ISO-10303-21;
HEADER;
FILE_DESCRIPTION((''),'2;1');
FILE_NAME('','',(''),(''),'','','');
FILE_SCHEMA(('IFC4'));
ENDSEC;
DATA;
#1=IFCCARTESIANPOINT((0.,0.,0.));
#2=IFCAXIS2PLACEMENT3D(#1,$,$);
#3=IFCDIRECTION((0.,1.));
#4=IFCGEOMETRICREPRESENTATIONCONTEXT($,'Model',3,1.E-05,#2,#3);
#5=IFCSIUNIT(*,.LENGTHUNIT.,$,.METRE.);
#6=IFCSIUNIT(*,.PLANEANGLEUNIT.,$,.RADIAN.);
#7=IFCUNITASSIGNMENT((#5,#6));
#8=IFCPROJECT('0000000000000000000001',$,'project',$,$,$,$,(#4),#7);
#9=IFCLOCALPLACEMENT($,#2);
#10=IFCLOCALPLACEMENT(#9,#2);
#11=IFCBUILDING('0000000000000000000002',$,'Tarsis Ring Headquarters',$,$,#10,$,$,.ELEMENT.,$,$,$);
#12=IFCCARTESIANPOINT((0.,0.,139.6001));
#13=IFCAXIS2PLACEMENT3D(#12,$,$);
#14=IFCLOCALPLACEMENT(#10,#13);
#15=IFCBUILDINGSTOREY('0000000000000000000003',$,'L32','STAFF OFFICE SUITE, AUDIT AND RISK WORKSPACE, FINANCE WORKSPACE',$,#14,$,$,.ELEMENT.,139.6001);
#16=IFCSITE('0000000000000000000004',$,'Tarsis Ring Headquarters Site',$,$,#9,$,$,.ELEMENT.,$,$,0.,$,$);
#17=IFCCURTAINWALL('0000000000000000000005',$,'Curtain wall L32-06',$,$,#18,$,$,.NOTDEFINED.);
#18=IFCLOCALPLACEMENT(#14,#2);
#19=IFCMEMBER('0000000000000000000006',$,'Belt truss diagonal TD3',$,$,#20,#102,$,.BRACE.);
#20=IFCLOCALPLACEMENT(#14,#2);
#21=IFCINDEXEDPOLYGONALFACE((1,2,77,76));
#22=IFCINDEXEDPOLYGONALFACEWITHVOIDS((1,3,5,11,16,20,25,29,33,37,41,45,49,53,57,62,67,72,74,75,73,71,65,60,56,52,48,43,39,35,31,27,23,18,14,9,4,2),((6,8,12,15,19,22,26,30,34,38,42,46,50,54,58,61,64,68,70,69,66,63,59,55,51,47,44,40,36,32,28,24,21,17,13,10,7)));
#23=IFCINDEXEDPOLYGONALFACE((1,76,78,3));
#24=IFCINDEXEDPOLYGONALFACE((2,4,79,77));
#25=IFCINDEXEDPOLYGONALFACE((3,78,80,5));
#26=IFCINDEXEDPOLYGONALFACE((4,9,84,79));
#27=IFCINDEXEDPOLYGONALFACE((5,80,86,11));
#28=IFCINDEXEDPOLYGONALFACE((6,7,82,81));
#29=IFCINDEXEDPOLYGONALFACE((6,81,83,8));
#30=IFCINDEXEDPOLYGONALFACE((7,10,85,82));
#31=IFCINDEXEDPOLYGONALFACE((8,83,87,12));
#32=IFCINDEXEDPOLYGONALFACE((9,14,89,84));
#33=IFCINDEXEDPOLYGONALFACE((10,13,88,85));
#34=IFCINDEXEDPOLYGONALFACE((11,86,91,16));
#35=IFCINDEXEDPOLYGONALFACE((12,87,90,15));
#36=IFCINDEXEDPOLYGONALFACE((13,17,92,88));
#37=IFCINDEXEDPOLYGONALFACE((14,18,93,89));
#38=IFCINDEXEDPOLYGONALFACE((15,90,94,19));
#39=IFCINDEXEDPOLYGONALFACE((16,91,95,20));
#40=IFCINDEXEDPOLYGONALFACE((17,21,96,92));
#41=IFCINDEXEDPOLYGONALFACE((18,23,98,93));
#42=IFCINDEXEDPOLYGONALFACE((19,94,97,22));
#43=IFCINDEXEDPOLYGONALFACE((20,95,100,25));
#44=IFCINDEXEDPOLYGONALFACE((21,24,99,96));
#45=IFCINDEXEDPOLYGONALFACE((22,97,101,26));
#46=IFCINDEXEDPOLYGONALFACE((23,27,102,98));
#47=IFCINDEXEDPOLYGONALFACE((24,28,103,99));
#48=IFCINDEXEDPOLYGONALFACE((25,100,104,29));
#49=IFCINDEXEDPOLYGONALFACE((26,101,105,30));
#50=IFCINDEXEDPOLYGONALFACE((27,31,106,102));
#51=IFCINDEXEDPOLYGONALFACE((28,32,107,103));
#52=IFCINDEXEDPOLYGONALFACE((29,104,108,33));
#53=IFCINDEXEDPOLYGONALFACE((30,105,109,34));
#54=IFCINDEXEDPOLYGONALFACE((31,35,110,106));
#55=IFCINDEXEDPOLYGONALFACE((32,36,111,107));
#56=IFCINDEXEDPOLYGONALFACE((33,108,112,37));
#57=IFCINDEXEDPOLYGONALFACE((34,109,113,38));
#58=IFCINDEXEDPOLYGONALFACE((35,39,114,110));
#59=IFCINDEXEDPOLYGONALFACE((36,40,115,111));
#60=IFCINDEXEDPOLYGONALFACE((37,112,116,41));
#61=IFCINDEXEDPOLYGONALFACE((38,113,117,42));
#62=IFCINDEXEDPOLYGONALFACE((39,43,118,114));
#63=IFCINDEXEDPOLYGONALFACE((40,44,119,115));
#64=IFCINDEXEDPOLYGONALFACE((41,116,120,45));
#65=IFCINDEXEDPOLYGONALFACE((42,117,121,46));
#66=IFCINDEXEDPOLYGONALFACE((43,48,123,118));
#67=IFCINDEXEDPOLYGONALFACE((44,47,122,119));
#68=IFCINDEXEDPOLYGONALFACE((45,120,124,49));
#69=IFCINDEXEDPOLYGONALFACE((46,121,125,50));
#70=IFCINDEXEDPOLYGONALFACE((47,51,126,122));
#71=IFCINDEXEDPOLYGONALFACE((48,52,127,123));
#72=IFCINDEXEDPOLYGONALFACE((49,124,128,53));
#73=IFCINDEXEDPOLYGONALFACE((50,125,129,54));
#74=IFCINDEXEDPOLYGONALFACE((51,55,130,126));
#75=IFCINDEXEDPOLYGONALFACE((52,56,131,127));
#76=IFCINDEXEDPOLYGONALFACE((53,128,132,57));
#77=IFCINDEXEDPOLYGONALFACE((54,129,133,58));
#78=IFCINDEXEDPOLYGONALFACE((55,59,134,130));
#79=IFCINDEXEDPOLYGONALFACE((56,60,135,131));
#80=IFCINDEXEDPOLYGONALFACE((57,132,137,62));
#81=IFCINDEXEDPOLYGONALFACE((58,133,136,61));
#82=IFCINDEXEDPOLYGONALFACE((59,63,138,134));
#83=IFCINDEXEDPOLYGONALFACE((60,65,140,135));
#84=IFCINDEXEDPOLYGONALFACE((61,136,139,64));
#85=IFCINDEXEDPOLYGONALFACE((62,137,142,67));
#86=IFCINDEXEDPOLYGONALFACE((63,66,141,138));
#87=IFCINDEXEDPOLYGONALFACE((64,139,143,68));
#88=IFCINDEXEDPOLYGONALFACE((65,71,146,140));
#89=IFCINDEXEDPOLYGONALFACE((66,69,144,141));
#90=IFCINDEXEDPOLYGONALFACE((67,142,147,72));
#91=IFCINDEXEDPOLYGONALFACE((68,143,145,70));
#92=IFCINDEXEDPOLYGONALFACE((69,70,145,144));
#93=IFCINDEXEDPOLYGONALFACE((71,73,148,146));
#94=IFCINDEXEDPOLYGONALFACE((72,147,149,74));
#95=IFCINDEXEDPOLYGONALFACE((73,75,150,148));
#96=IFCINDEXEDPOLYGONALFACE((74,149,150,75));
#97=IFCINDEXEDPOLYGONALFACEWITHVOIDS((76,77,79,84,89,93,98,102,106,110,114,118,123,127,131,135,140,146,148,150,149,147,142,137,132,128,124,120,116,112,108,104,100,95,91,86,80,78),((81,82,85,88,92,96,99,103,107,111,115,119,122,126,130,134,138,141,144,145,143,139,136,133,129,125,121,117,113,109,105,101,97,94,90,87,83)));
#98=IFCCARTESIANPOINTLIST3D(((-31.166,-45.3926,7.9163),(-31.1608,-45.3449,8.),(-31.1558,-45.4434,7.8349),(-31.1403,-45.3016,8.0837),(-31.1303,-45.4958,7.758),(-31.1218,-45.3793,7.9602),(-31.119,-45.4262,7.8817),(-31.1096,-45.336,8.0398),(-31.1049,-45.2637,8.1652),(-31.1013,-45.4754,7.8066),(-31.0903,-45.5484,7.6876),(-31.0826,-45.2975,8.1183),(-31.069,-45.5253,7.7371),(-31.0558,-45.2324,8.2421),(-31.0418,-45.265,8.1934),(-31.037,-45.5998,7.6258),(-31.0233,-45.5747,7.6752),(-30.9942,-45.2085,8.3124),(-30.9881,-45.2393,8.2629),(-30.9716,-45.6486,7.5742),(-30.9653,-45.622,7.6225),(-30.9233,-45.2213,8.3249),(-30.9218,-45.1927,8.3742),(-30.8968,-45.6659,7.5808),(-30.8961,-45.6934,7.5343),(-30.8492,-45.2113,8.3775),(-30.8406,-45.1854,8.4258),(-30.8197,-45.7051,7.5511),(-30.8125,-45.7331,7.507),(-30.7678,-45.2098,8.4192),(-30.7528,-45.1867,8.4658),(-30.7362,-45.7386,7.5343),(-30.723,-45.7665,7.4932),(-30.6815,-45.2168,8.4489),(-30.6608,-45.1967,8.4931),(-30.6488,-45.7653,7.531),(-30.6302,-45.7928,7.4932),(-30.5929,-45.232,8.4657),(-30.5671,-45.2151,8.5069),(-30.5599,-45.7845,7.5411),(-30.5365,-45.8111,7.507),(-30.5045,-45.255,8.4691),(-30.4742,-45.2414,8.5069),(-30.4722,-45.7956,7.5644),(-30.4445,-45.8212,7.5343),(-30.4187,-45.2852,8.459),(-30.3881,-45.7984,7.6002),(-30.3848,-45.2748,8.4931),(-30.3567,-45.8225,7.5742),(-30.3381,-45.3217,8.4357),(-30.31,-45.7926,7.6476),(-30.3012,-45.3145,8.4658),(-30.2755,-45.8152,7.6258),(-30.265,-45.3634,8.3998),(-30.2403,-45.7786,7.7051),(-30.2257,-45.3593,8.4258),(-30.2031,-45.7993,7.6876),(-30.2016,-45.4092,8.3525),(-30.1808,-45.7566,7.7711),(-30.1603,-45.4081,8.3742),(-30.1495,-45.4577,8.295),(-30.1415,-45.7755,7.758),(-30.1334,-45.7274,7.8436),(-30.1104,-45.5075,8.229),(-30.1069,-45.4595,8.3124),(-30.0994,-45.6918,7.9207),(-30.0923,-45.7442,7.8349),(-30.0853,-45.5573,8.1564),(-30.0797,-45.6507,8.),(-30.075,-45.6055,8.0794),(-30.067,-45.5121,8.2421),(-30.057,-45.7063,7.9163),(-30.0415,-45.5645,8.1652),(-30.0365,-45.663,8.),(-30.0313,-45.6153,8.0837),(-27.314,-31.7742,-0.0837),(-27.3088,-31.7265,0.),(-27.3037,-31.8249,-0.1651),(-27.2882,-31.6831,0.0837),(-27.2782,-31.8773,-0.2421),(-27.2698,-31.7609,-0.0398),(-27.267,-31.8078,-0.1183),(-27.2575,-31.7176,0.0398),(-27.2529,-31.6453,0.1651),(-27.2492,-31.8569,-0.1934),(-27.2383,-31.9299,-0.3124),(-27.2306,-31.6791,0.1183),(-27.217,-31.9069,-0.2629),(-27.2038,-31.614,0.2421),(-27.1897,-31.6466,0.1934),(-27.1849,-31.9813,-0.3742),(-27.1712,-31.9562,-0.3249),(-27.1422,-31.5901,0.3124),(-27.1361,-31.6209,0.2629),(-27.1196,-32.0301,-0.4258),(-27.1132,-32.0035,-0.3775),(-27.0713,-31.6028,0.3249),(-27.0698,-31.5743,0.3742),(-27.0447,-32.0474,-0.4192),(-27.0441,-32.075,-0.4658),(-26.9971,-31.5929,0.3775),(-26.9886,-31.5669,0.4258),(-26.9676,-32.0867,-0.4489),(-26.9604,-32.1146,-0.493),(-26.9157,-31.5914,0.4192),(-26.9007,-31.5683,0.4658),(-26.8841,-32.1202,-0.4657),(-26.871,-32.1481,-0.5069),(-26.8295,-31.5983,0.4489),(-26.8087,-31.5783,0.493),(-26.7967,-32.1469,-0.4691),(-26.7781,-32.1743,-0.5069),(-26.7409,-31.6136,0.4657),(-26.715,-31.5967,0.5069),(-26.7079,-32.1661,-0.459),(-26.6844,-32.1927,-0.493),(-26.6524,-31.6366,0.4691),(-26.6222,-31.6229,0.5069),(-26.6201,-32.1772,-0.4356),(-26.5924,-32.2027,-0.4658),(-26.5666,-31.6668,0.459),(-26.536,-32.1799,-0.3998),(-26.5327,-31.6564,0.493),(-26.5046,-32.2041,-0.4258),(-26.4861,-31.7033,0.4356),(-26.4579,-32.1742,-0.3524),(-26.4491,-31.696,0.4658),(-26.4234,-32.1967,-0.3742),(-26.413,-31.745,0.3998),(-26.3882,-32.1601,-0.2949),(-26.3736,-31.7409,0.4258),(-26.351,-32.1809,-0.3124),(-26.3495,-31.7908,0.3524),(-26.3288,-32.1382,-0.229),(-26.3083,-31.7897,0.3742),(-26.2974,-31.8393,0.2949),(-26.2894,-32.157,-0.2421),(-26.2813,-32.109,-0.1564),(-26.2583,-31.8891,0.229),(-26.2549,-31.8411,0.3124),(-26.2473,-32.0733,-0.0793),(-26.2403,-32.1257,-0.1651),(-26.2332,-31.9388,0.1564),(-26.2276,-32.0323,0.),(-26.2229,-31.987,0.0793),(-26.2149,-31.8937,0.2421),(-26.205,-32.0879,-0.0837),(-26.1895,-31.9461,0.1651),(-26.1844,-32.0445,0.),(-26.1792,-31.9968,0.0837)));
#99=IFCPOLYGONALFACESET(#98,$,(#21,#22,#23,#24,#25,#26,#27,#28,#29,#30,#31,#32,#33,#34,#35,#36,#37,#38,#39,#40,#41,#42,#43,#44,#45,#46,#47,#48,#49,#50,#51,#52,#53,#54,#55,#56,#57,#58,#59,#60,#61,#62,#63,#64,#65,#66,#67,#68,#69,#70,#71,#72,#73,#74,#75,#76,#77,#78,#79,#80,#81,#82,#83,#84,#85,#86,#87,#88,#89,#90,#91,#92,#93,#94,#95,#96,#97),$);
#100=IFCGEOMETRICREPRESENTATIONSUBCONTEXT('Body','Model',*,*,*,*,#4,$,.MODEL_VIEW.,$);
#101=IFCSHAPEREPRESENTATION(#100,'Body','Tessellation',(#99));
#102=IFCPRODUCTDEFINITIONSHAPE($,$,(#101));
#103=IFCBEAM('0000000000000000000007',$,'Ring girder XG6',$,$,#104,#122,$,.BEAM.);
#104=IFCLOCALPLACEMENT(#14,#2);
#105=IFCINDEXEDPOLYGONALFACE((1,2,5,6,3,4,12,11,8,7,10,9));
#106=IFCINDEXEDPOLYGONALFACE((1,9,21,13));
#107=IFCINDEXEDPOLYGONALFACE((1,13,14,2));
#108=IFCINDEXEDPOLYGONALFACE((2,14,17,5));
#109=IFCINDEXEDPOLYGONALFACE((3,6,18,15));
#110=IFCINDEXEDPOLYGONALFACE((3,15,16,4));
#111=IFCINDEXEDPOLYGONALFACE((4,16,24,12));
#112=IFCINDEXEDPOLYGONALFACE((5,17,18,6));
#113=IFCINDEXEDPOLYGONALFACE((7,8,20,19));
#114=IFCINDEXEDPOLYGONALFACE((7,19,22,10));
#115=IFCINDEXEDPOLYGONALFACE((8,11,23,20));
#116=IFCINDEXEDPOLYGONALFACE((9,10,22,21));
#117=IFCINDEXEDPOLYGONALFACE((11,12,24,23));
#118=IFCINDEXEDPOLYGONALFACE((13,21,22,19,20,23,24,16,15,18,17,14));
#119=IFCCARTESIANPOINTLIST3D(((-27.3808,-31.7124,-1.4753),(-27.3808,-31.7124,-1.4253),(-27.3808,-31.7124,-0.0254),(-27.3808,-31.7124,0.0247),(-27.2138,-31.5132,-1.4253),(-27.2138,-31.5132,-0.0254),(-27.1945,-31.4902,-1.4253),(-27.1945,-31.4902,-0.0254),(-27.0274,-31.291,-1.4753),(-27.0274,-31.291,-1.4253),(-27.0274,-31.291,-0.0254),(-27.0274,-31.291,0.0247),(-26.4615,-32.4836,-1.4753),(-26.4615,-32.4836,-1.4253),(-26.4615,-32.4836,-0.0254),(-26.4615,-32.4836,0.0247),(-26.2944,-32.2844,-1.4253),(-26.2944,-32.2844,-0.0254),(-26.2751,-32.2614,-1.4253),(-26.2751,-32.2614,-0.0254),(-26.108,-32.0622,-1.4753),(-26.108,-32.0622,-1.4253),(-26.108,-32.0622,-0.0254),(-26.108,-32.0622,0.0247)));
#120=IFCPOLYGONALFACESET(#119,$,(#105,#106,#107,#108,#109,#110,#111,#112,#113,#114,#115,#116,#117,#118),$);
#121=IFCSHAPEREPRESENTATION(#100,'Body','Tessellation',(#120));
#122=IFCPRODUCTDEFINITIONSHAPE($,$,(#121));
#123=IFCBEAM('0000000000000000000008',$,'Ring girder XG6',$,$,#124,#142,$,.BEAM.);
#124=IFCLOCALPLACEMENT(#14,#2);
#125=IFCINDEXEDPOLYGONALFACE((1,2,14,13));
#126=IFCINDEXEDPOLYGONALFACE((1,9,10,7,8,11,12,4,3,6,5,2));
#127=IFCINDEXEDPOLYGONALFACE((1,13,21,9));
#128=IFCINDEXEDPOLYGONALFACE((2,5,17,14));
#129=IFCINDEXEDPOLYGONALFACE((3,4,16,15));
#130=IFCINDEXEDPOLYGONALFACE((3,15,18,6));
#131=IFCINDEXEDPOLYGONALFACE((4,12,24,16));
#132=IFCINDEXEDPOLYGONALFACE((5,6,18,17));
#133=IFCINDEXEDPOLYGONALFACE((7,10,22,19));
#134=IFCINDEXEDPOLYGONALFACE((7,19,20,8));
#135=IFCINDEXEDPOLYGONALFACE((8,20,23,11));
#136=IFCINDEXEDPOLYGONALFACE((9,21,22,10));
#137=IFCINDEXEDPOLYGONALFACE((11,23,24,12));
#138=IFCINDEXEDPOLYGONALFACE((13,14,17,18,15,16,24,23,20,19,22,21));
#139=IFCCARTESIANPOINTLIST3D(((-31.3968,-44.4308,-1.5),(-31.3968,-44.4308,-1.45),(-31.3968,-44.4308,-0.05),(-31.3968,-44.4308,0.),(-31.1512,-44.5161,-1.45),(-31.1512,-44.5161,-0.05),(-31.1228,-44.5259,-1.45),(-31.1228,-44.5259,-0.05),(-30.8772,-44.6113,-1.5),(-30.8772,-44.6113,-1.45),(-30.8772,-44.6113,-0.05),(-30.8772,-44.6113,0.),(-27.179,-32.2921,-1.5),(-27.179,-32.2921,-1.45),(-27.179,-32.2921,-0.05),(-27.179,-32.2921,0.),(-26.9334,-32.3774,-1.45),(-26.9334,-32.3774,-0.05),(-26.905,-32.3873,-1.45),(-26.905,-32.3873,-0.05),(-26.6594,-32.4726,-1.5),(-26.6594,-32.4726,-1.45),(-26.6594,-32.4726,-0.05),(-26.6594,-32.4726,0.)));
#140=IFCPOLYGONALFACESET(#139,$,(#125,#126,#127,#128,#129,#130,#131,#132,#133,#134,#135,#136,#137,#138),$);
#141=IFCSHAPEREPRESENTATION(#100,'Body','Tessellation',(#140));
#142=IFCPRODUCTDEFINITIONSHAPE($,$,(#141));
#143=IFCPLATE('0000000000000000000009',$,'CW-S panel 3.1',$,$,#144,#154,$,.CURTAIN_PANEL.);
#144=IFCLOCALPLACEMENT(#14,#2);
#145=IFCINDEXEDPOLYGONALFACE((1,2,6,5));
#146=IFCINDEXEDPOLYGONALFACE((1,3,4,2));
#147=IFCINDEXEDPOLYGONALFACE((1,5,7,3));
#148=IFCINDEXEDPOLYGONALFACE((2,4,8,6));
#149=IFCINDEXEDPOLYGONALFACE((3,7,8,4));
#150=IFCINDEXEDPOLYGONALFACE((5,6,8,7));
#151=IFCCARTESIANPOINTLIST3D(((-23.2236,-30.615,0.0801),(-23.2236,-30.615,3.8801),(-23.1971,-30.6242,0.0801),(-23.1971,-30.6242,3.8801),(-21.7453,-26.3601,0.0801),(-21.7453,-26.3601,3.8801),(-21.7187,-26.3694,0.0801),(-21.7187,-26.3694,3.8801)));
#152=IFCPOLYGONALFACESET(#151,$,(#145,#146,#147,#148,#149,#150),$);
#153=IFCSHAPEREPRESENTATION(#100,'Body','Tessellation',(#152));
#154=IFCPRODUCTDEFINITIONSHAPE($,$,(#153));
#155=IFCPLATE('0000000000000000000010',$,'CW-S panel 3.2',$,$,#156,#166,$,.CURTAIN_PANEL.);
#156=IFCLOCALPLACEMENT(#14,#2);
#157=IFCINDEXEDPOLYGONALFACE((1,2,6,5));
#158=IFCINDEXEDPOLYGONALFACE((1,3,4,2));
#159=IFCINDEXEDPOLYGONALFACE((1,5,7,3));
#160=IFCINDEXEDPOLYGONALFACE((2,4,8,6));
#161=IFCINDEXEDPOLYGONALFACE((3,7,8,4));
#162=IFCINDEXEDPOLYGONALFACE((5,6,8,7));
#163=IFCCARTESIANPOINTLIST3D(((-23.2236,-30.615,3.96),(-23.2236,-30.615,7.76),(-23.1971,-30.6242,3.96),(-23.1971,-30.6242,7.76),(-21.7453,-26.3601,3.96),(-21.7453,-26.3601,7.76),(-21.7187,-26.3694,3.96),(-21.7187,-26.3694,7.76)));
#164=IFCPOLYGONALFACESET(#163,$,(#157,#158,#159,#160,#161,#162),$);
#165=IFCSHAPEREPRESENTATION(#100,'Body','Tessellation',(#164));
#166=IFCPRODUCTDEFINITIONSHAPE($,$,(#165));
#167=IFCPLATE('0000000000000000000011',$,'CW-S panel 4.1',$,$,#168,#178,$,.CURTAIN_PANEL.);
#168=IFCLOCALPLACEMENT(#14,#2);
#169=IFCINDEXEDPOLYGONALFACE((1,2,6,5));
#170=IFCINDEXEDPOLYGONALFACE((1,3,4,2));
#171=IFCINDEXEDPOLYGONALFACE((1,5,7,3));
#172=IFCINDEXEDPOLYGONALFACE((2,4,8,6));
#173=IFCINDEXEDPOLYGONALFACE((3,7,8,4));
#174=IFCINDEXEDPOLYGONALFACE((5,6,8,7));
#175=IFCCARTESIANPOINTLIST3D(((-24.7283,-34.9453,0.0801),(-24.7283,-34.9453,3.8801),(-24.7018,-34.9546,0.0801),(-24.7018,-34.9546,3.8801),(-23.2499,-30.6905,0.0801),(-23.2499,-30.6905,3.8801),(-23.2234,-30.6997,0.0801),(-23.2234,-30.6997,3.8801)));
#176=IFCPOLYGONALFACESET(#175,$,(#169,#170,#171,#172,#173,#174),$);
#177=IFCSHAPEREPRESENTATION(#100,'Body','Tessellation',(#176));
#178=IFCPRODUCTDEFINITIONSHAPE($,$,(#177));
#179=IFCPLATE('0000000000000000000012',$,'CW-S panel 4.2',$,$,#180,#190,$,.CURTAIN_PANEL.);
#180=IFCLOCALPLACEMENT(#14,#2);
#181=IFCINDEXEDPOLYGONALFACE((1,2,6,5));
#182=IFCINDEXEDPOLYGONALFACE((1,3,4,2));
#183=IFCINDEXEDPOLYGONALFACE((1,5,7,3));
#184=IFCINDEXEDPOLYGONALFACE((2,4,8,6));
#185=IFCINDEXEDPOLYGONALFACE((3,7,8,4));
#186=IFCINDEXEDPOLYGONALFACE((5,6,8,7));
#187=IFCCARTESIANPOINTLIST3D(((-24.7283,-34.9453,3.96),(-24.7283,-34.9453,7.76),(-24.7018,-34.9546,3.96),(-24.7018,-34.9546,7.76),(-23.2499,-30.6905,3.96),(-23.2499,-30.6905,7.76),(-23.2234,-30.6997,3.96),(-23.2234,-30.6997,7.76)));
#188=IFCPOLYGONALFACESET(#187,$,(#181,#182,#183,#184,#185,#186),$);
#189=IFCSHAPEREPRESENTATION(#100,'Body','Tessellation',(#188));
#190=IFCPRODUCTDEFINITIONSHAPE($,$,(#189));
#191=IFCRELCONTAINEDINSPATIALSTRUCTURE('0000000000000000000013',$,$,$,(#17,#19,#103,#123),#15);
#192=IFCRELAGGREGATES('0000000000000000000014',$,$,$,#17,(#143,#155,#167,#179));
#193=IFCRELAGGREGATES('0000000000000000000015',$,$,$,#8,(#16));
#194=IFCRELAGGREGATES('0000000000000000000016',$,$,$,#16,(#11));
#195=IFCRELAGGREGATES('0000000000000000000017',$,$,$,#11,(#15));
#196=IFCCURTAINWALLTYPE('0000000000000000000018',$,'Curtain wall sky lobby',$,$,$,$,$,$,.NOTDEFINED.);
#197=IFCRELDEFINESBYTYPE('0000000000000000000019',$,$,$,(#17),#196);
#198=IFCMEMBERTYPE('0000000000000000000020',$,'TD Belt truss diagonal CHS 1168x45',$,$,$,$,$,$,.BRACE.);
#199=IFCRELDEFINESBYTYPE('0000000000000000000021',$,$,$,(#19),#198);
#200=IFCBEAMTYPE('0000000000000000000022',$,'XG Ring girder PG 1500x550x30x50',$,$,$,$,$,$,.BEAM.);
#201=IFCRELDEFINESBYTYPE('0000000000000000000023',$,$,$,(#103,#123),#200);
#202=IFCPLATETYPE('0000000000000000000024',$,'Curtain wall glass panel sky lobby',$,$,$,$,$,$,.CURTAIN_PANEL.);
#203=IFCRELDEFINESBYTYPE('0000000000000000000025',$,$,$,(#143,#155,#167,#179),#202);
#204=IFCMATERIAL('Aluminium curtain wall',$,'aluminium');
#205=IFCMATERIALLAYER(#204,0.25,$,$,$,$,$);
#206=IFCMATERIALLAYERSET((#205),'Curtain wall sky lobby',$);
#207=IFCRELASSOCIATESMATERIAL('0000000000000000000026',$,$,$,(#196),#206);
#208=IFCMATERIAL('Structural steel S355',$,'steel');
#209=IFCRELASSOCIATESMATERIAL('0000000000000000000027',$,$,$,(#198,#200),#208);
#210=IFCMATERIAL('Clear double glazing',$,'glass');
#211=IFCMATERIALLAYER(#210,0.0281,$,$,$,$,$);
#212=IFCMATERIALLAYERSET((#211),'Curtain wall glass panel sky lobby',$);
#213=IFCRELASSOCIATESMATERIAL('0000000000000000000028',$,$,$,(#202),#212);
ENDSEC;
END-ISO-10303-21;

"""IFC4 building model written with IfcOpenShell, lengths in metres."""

from ifc_helpers import new_model, si_unit, direction, frame, origin, origin_2d, place, context, subcontext, project, spatial, rectangle, hollow_circle, i_section, extrude, material, layer, layer_set, material_profile, profile_set, type_object, element, aggregate, save


model = new_model("IFC4")

# Units and contexts
model_context = context("Model", 3, precision=1e-05, world=origin(), true_north=direction((0.0, 1.0)))
body_context = subcontext(model_context, "Body", "Model", "MODEL_VIEW")
ifc_project = project(units=[si_unit("LENGTHUNIT", "METRE"), si_unit("PLANEANGLEUNIT", "RADIAN")], contexts=[model_context])

# Site, building, storey
site_placement = place(None, origin())
site = spatial("IfcSite", under=ifc_project, at=site_placement, Name="Tarsis Ring Headquarters Site", CompositionType="ELEMENT", RefElevation=0.0)
building_placement = place(site_placement, origin())
building = spatial("IfcBuilding", under=site, at=building_placement, Name="Tarsis Ring Headquarters", CompositionType="ELEMENT")
storey_placement = place(building_placement, frame((0.0, 0.0, 139.6001)))
storey = spatial("IfcBuildingStorey", under=building, at=storey_placement, Name="L32", Description="STAFF OFFICE SUITE, AUDIT AND RISK WORKSPACE, FINANCE WORKSPACE", CompositionType="ELEMENT", Elevation=139.6001)

# Shared definitions
ifc_material_1 = material(Name="Structural steel S355", Category="steel")
ifc_material_profile_1 = material_profile(ifc_material_1, hollow_circle(Radius=0.5842, WallThickness=0.0449, at=origin_2d()), Name="CHS 1168x45")
ifc_profile_set_1 = profile_set([ifc_material_profile_1], Name="Structural steel S355")

# Curtain wall
ifc_material_2 = material(Name="Aluminium curtain wall", Category="aluminium")
ifc_layer_1 = layer(ifc_material_2, 0.25)
ifc_layer_set_1 = layer_set([ifc_layer_1], Name="Curtain wall sky lobby")
curtain_wall_type = type_object("IfcCurtainWallType", Name="Curtain wall sky lobby", PredefinedType="NOTDEFINED", material=ifc_layer_set_1)
curtain_wall_placement = place(storey_placement, origin())
curtain_wall = element("IfcCurtainWall", 1, at=curtain_wall_placement, inside=storey, type_object=curtain_wall_type, Name="Curtain wall L32-06", PredefinedType="NOTDEFINED")

# Member
member_type_1 = type_object("IfcMemberType", Name="TD Belt truss diagonal CHS 1168x45", PredefinedType="BRACE", material=ifc_profile_set_1)
member_1_placement = place(storey_placement, frame((-26.7466, -31.8855, 0.0), z_axis=(-0.236943, -0.83768, 0.492087), x_axis=(0.962247, -0.272178, 0.0)))
element("IfcMember", 2, at=member_1_placement, inside=storey, type_object=member_type_1, Name="Belt truss diagonal TD3", PredefinedType="BRACE", context=body_context, shape_type="SweptSolid", body=[
    extrude(hollow_circle(Radius=0.5842, WallThickness=0.0449, at=origin_2d()), origin(), (0.0, 0.0, 1.0), 16.2573),
])

# Beams
ifc_material_profile_2 = material_profile(ifc_material_1, i_section(OverallWidth=0.55, OverallDepth=1.5, WebThickness=0.03, FlangeThickness=0.05, at=origin_2d()), Name="PG 1500x550x30x50")
ifc_profile_set_2 = profile_set([ifc_material_profile_2], Name="Structural steel S355")
beam_type_1 = type_object("IfcBeamType", Name="XG Ring girder PG 1500x550x30x50", PredefinedType="BEAM", material=ifc_profile_set_2)
beam_1_placement = place(storey_placement, frame((-27.2041, -31.5017, -0.7253), z_axis=(0.76615, -0.642662, 0.0), x_axis=(0.642662, 0.76615, 0.0)))
element("IfcBeam", 3, at=beam_1_placement, inside=storey, type_object=beam_type_1, Name="Ring girder XG6", PredefinedType="BEAM", context=body_context, shape_type="SweptSolid", body=[
    extrude(i_section(OverallWidth=0.55, OverallDepth=1.5, WebThickness=0.03, FlangeThickness=0.05, at=origin_2d()), origin(), (0.0, 0.0, 1.0), 1.2),
])
beam_2_placement = place(storey_placement, frame((-26.9192, -32.3823, -0.75), z_axis=(-0.328217, -0.944602, 0.0), x_axis=(0.944602, -0.328217, 0.0)))
element("IfcBeam", 4, at=beam_2_placement, inside=storey, type_object=beam_type_1, Name="Ring girder XG6", PredefinedType="BEAM", context=body_context, shape_type="SweptSolid", body=[
    extrude(i_section(OverallWidth=0.55, OverallDepth=1.5, WebThickness=0.03, FlangeThickness=0.05, at=origin_2d()), origin(), (0.0, 0.0, 1.0), 12.8506),
])

# Plates
ifc_material_3 = material(Name="Clear double glazing", Category="glass")
ifc_layer_2 = layer(ifc_material_3, 0.0281)
ifc_layer_set_2 = layer_set([ifc_layer_2], Name="Curtain wall glass panel sky lobby")
plate_type = type_object("IfcPlateType", Name="Curtain wall glass panel sky lobby", PredefinedType="CURTAIN_PANEL", material=ifc_layer_set_2)
plate_1_placement = place(storey_placement, frame((-22.4712, -28.4922, 0.0801), z_axis=(0.0, 0.0, 1.0), x_axis=(-0.328207, -0.944606, 0.0)))
plate_1 = element("IfcPlate", 5, at=plate_1_placement, type_object=plate_type, Name="CW-S panel 3.1", PredefinedType="CURTAIN_PANEL", context=body_context, shape_type="SweptSolid", body=[
    extrude(rectangle(XDim=4.5044, YDim=0.0281, at=origin_2d()), origin(), (0.0, 0.0, 1.0), 3.8),
])
plate_2_placement = place(storey_placement, frame((-22.4712, -28.4922, 3.96), z_axis=(0.0, 0.0, 1.0), x_axis=(-0.328207, -0.944606, 0.0)))
plate_2 = element("IfcPlate", 6, at=plate_2_placement, type_object=plate_type, Name="CW-S panel 3.2", PredefinedType="CURTAIN_PANEL", context=body_context, shape_type="SweptSolid", body=[
    extrude(rectangle(XDim=4.5044, YDim=0.0281, at=origin_2d()), origin(), (0.0, 0.0, 1.0), 3.8),
])
plate_3_placement = place(storey_placement, frame((-23.9758, -32.8225, 0.0801), z_axis=(0.0, 0.0, 1.0), x_axis=(-0.328207, -0.944606, 0.0)))
plate_3 = element("IfcPlate", 7, at=plate_3_placement, type_object=plate_type, Name="CW-S panel 4.1", PredefinedType="CURTAIN_PANEL", context=body_context, shape_type="SweptSolid", body=[
    extrude(rectangle(XDim=4.5044, YDim=0.0281, at=origin_2d()), origin(), (0.0, 0.0, 1.0), 3.8),
])
plate_4_placement = place(storey_placement, frame((-23.9758, -32.8225, 3.96), z_axis=(0.0, 0.0, 1.0), x_axis=(-0.328207, -0.944606, 0.0)))
plate_4 = element("IfcPlate", 8, at=plate_4_placement, type_object=plate_type, Name="CW-S panel 4.2", PredefinedType="CURTAIN_PANEL", context=body_context, shape_type="SweptSolid", body=[
    extrude(rectangle(XDim=4.5044, YDim=0.0281, at=origin_2d()), origin(), (0.0, 0.0, 1.0), 3.8),
])
aggregate(curtain_wall, [plate_1, plate_2, plate_3, plate_4])

save(model, "model.ifc")
